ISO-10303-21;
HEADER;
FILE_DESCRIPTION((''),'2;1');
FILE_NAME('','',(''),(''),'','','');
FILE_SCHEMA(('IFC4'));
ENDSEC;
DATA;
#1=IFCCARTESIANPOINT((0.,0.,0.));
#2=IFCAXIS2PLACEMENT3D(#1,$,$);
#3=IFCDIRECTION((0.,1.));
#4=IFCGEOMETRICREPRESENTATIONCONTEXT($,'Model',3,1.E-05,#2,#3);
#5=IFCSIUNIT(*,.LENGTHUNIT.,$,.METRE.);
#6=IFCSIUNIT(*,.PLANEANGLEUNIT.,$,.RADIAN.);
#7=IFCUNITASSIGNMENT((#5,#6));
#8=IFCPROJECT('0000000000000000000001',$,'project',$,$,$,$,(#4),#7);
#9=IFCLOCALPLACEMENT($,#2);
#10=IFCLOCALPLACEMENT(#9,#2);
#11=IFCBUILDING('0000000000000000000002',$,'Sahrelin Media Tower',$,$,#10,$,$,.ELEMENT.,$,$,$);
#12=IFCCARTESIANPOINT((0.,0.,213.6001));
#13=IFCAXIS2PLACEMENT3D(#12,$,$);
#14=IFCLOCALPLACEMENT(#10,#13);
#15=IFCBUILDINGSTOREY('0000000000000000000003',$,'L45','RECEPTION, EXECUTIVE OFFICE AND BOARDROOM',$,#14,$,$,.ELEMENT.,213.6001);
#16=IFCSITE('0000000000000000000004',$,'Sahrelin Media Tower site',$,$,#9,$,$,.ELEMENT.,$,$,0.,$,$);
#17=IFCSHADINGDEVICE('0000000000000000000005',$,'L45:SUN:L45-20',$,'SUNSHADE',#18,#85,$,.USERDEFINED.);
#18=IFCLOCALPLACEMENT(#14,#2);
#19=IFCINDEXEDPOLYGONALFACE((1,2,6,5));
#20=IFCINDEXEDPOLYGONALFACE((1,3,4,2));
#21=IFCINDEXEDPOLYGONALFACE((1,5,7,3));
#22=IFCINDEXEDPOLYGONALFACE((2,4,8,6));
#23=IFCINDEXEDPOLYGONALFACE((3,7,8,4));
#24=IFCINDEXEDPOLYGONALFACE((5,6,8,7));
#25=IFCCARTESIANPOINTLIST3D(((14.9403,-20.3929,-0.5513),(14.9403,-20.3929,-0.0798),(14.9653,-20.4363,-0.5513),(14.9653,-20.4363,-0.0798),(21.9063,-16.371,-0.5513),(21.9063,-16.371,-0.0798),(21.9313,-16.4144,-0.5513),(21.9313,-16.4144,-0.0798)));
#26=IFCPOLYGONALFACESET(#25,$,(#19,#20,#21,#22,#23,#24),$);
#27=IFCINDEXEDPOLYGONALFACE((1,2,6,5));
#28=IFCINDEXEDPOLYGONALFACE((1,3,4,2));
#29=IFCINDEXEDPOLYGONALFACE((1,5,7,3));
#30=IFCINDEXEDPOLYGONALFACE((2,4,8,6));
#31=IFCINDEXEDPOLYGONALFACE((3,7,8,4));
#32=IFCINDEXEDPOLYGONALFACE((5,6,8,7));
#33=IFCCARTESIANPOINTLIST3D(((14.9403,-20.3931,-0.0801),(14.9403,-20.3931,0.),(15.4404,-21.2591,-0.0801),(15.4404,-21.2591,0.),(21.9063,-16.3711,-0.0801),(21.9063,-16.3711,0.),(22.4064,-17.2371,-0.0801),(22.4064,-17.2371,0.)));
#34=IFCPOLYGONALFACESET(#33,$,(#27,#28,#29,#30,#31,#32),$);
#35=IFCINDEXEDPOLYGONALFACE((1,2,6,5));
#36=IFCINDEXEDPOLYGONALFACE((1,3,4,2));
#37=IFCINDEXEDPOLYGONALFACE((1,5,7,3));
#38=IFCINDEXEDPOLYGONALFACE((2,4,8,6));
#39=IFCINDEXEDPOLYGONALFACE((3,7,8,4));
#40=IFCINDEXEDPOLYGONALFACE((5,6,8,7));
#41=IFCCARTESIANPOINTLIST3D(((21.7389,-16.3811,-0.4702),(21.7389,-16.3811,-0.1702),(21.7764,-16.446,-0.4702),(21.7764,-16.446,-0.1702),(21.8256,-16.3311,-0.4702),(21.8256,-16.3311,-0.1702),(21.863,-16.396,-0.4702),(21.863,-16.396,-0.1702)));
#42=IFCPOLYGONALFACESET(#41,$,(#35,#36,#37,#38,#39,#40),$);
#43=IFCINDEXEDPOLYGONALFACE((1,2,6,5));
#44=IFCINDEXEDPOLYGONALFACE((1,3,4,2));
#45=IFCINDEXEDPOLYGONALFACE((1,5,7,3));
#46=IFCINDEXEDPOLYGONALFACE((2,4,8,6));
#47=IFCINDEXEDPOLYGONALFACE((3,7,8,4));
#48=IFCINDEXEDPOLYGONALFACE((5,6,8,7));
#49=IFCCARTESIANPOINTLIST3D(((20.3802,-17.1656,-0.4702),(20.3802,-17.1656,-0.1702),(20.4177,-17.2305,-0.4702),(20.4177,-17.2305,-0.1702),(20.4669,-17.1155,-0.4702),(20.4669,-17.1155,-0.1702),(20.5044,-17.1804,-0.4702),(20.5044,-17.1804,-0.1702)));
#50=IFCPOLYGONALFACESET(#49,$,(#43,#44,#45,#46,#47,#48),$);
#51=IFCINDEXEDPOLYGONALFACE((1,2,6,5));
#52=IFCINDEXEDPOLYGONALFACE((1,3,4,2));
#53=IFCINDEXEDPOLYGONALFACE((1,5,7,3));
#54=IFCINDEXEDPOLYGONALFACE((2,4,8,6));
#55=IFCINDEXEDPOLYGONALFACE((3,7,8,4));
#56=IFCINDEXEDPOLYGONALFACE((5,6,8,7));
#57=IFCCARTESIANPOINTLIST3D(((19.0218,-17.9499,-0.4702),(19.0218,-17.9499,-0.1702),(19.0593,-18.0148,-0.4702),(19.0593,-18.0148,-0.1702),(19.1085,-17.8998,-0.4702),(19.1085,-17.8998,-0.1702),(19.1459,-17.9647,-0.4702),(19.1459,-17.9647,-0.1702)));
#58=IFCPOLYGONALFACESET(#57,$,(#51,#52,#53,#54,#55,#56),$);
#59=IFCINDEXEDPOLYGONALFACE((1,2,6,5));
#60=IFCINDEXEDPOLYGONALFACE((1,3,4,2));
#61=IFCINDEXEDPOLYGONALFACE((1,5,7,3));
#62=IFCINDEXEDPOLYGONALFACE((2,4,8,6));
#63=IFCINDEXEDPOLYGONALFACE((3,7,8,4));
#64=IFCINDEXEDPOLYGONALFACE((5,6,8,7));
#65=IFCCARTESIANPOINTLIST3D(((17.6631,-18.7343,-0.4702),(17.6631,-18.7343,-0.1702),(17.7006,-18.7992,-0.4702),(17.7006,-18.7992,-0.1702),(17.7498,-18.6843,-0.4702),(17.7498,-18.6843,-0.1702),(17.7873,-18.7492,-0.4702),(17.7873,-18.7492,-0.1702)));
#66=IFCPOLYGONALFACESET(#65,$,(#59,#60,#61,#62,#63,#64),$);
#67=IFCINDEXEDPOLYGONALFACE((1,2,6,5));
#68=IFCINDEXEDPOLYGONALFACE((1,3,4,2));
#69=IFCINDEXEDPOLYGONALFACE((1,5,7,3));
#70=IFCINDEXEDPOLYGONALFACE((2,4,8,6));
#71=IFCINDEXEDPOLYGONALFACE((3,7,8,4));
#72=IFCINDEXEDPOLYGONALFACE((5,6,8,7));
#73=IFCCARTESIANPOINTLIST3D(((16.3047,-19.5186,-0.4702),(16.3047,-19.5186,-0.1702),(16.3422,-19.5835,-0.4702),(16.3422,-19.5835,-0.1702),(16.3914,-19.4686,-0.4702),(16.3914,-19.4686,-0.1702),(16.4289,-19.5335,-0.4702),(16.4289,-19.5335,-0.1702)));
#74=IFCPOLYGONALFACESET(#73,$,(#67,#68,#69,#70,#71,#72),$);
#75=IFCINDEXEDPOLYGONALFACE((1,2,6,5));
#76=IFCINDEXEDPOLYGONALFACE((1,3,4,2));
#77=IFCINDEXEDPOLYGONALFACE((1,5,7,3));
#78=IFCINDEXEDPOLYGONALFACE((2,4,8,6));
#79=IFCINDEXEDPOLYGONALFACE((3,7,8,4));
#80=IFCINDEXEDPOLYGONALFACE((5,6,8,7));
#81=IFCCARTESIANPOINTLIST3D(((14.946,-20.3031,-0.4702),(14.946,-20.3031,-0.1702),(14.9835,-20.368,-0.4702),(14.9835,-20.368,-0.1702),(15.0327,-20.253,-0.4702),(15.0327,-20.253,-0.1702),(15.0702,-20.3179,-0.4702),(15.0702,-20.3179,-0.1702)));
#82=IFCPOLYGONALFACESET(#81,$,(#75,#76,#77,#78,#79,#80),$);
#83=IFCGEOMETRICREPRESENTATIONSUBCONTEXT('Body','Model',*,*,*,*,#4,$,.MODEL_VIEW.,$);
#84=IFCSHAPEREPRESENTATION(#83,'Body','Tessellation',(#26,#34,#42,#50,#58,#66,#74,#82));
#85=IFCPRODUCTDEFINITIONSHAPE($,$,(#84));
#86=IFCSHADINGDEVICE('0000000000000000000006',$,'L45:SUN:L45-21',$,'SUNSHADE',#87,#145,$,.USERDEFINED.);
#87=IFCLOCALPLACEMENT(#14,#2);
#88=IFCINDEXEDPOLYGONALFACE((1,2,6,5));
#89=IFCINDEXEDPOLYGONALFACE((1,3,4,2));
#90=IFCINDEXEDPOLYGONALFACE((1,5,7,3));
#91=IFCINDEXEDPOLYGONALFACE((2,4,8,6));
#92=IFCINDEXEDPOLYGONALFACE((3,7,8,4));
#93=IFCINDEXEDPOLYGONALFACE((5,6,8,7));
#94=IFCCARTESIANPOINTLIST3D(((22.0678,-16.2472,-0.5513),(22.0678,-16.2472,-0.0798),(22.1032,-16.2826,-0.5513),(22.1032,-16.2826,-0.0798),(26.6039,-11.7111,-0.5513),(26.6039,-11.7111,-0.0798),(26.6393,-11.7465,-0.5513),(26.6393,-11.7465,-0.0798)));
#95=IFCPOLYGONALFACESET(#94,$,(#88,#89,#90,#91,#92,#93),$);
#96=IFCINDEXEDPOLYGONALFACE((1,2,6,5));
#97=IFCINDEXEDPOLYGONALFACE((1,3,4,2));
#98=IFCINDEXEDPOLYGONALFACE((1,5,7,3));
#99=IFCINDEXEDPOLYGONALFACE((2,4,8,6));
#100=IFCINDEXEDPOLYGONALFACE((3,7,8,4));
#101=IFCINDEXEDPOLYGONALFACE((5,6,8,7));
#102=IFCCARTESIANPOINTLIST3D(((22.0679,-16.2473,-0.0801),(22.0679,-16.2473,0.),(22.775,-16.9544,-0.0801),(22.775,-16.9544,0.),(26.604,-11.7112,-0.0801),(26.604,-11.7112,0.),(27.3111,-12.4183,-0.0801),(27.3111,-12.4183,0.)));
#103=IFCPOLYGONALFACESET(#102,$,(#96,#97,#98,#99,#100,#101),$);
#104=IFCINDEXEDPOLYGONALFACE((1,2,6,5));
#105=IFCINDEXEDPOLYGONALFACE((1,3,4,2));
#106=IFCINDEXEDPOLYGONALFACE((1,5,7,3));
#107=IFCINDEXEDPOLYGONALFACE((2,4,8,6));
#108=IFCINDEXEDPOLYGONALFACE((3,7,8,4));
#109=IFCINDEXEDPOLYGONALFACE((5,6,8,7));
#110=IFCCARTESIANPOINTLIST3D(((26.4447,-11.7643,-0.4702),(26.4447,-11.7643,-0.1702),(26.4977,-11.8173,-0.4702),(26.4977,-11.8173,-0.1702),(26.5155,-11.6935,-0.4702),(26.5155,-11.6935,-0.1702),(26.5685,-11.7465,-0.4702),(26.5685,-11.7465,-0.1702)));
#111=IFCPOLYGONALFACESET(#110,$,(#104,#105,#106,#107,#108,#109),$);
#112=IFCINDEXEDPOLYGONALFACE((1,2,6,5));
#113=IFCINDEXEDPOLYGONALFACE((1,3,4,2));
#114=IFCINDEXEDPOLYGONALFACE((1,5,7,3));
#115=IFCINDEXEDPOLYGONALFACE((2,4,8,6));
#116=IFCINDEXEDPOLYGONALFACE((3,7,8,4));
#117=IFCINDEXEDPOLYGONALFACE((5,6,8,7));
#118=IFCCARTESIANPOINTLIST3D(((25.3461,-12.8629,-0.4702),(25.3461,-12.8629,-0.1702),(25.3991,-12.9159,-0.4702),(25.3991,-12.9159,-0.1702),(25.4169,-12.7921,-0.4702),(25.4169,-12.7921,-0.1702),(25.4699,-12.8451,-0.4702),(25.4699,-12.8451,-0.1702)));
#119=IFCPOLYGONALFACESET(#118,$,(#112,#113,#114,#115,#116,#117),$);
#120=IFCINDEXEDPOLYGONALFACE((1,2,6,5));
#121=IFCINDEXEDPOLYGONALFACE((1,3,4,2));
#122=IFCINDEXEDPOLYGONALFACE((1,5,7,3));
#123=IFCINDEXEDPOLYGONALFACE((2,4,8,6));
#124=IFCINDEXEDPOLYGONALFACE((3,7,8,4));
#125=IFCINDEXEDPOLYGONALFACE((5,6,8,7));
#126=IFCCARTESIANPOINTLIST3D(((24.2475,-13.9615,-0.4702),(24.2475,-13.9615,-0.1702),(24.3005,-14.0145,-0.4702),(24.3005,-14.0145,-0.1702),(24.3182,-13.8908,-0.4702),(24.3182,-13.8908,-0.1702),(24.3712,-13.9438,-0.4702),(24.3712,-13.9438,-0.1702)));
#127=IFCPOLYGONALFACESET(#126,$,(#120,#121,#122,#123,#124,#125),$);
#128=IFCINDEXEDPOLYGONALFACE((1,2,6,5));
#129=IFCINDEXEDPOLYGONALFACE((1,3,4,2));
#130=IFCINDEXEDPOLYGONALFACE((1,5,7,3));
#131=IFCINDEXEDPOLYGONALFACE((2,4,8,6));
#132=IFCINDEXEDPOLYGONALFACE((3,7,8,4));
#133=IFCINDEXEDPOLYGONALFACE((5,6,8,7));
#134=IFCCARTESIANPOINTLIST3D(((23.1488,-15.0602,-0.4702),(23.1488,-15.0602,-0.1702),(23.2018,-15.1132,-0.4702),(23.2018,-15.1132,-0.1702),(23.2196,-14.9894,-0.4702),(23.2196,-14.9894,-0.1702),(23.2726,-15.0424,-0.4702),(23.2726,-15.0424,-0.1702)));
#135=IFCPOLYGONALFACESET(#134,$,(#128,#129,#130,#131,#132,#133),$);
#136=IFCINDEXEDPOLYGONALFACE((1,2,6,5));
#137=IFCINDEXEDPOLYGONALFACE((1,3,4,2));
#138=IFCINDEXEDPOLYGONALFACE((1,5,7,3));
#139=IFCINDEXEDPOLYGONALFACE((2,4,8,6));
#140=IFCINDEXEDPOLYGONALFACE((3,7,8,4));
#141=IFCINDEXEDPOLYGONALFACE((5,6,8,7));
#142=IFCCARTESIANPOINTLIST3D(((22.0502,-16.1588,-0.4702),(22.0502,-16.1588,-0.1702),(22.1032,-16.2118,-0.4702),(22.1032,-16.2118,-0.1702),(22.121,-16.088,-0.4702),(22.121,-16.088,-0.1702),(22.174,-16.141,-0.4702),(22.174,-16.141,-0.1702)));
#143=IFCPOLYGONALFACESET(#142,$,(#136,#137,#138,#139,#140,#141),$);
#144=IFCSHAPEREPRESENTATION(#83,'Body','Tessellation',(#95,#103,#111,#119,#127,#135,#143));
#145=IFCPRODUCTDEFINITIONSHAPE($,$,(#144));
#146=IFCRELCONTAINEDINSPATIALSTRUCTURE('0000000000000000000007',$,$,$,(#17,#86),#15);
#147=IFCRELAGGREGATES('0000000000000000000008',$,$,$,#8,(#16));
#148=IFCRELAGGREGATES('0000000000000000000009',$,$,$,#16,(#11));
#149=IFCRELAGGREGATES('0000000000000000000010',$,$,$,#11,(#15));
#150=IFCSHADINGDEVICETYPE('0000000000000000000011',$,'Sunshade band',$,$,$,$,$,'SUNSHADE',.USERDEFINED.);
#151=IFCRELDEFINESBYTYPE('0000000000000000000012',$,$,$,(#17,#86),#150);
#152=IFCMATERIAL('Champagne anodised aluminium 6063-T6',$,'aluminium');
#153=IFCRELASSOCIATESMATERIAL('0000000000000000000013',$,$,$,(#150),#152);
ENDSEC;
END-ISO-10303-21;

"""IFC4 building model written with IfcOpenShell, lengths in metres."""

from ifc_helpers import new_model, si_unit, direction, frame, origin, origin_2d, place, context, subcontext, project, spatial, rectangle, extrude, material, type_object, element, save


model = new_model("IFC4")

# Units and contexts
model_context = context("Model", 3, precision=1e-05, world=origin(), true_north=direction((0.0, 1.0)))
body_context = subcontext(model_context, "Body", "Model", "MODEL_VIEW")
ifc_project = project(units=[si_unit("LENGTHUNIT", "METRE"), si_unit("PLANEANGLEUNIT", "RADIAN")], contexts=[model_context])

# Site, building, storey
site_placement = place(None, origin())
site = spatial("IfcSite", under=ifc_project, at=site_placement, Name="Sahrelin Media Tower site", CompositionType="ELEMENT", RefElevation=0.0)
building_placement = place(site_placement, origin())
building = spatial("IfcBuilding", under=site, at=building_placement, Name="Sahrelin Media Tower", CompositionType="ELEMENT")
storey_placement = place(building_placement, frame((0.0, 0.0, 213.6001)))
storey = spatial("IfcBuildingStorey", under=building, at=storey_placement, Name="L45", Description="RECEPTION, EXECUTIVE OFFICE AND BOARDROOM", CompositionType="ELEMENT", Elevation=213.6001)

# Shared definitions
ifc_material_1 = material(Name="Champagne anodised aluminium 6063-T6", Category="aluminium")

# Shading devices
placement_1 = place(storey_placement, frame((18.4133, -18.3647, 0.0), z_axis=(0.0, 0.0, 1.0), x_axis=(-0.866019, -0.500011, 0.0)))
placement_2 = place(storey_placement, frame((24.3218, -13.9651, 0.0), z_axis=(0.0, 0.0, 1.0), x_axis=(-0.707107, -0.707107, 0.0)))
shading_device_type_1 = type_object("IfcShadingDeviceType", Name="Sunshade band", ElementType="SUNSHADE", PredefinedType="USERDEFINED", material=ifc_material_1)
element("IfcShadingDevice", 1, at=placement_1, inside=storey, type_object=shading_device_type_1, Name="L45:SUN:L45-20", ObjectType="SUNSHADE", PredefinedType="USERDEFINED", context=body_context, shape_type="SweptSolid", body=[
    extrude(rectangle(XDim=8.0437, YDim=0.05, at=origin_2d()), frame((0.0, 0.0449, -0.5513)), (0.0, 0.0, 1.0), 0.4714),
    extrude(rectangle(XDim=8.0437, YDim=1.0, at=origin_2d()), frame((0.0, 0.52, -0.0801)), (0.0, 0.0, 1.0), 0.0801),
    extrude(rectangle(XDim=0.1001, YDim=0.075, at=origin_2d()), frame((-3.9219, -0.0176, -0.4702)), (0.0, 0.0, 1.0), 0.3),
    extrude(rectangle(XDim=0.1001, YDim=0.075, at=origin_2d()), frame((-2.353, -0.0176, -0.4702)), (0.0, 0.0, 1.0), 0.3),
    extrude(rectangle(XDim=0.1001, YDim=0.075, at=origin_2d()), frame((-0.7844, -0.0176, -0.4702)), (0.0, 0.0, 1.0), 0.3),
    extrude(rectangle(XDim=0.1001, YDim=0.075, at=origin_2d()), frame((0.7844, -0.0176, -0.4702)), (0.0, 0.0, 1.0), 0.3),
    extrude(rectangle(XDim=0.1001, YDim=0.075, at=origin_2d()), frame((2.353, -0.0176, -0.4702)), (0.0, 0.0, 1.0), 0.3),
    extrude(rectangle(XDim=0.1001, YDim=0.075, at=origin_2d()), frame((3.9219, -0.0176, -0.4702)), (0.0, 0.0, 1.0), 0.3),
])
element("IfcShadingDevice", 2, at=placement_2, inside=storey, type_object=shading_device_type_1, Name="L45:SUN:L45-21", ObjectType="SUNSHADE", PredefinedType="USERDEFINED", context=body_context, shape_type="SweptSolid", body=[
    extrude(rectangle(XDim=6.415, YDim=0.05, at=origin_2d()), frame((0.0, 0.0449, -0.5513)), (0.0, 0.0, 1.0), 0.4714),
    extrude(rectangle(XDim=6.415, YDim=1.0, at=origin_2d()), frame((0.0, 0.52, -0.0801)), (0.0, 0.0, 1.0), 0.0801),
    extrude(rectangle(XDim=0.1001, YDim=0.075, at=origin_2d()), frame((-3.1074, -0.0176, -0.4702)), (0.0, 0.0, 1.0), 0.3),
    extrude(rectangle(XDim=0.1001, YDim=0.075, at=origin_2d()), frame((-1.5537, -0.0176, -0.4702)), (0.0, 0.0, 1.0), 0.3),
    extrude(rectangle(XDim=0.1001, YDim=0.075, at=origin_2d()), frame((0.0, -0.0176, -0.4702)), (0.0, 0.0, 1.0), 0.3),
    extrude(rectangle(XDim=0.1001, YDim=0.075, at=origin_2d()), frame((1.5537, -0.0176, -0.4702)), (0.0, 0.0, 1.0), 0.3),
    extrude(rectangle(XDim=0.1001, YDim=0.075, at=origin_2d()), frame((3.1074, -0.0176, -0.4702)), (0.0, 0.0, 1.0), 0.3),
])

save(model, "model.ifc")
